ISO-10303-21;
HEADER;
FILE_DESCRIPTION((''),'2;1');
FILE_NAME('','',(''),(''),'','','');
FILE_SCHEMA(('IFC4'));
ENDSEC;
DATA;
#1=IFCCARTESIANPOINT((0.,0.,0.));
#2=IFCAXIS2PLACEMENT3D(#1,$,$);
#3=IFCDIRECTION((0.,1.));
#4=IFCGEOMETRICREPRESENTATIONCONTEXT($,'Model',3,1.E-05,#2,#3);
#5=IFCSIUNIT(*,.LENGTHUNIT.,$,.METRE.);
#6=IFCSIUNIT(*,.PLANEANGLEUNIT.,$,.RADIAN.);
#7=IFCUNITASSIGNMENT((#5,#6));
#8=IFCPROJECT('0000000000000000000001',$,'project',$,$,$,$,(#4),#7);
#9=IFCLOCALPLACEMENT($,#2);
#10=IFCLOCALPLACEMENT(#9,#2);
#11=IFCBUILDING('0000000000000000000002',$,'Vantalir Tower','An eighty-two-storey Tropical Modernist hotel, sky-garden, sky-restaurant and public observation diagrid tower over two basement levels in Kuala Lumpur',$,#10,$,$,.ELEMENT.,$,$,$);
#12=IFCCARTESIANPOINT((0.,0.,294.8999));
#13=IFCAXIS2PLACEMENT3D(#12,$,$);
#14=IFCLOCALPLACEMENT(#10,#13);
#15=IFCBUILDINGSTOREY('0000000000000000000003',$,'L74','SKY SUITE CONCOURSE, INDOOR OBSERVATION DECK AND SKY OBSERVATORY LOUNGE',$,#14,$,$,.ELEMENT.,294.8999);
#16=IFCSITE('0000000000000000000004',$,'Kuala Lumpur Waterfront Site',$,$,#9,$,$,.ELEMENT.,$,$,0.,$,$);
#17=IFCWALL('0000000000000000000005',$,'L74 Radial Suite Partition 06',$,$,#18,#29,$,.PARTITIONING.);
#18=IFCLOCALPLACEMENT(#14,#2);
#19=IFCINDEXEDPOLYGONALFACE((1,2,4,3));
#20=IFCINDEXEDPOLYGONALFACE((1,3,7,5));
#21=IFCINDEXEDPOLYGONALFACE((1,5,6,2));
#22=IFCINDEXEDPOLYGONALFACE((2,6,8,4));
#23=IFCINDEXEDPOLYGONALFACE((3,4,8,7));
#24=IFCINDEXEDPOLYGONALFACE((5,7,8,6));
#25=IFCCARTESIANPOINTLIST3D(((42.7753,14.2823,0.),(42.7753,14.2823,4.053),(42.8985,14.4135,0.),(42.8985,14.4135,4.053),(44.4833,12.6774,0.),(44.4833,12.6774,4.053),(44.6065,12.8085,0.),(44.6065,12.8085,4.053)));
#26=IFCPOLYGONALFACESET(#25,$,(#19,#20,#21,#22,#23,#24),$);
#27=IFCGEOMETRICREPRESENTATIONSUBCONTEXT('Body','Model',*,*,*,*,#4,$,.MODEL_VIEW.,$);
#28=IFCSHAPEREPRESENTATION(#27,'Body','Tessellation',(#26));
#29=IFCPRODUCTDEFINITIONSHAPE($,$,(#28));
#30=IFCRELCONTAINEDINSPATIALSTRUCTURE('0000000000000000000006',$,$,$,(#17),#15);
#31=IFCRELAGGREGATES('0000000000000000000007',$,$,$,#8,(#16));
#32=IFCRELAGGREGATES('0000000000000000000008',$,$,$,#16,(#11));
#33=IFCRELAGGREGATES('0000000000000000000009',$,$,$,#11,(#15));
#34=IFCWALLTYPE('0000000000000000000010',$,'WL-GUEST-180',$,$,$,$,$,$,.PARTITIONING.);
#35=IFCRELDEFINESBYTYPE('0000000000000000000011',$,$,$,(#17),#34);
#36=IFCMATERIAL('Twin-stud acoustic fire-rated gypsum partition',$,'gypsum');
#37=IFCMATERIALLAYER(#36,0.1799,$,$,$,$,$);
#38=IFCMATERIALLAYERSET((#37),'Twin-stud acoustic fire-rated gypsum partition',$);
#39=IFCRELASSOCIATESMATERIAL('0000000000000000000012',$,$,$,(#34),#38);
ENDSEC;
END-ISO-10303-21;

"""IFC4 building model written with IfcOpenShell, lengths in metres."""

from ifc_helpers import new_model, si_unit, direction, frame, frame_2d, origin, place, context, subcontext, project, spatial, rectangle, extrude, material, layer, layer_set, type_object, element, save


model = new_model("IFC4")

# Units and contexts
model_context = context("Model", 3, precision=1e-05, world=origin(), true_north=direction((0.0, 1.0)))
body_context = subcontext(model_context, "Body", "Model", "MODEL_VIEW")
ifc_project = project(units=[si_unit("LENGTHUNIT", "METRE"), si_unit("PLANEANGLEUNIT", "RADIAN")], contexts=[model_context])

# Site, building, storey
site_placement = place(None, origin())
site = spatial("IfcSite", under=ifc_project, at=site_placement, Name="Kuala Lumpur Waterfront Site", CompositionType="ELEMENT", RefElevation=0.0)
building_placement = place(site_placement, origin())
building = spatial("IfcBuilding", under=site, at=building_placement, Name="Vantalir Tower", Description="An eighty-two-storey Tropical Modernist hotel, sky-garden, sky-restaurant and public observation diagrid tower over two basement levels in Kuala Lumpur", CompositionType="ELEMENT")
storey_placement = place(building_placement, frame((0.0, 0.0, 294.8999)))
storey = spatial("IfcBuildingStorey", under=building, at=storey_placement, Name="L74", Description="SKY SUITE CONCOURSE, INDOOR OBSERVATION DECK AND SKY OBSERVATORY LOUNGE", CompositionType="ELEMENT", Elevation=294.8999)

# Wall
ifc_material_1 = material(Name="Twin-stud acoustic fire-rated gypsum partition", Category="gypsum")
ifc_layer_1 = layer(ifc_material_1, 0.1799)
ifc_layer_set_1 = layer_set([ifc_layer_1], Name="Twin-stud acoustic fire-rated gypsum partition")
wall_type_1 = type_object("IfcWallType", Name="WL-GUEST-180", PredefinedType="PARTITIONING", material=ifc_layer_set_1)
wall_1_placement = place(storey_placement, frame((42.8369, 14.3479, 0.0), z_axis=(0.0, 0.0, 1.0), x_axis=(0.728744, -0.684786, 0.0)))
element("IfcWall", 1, at=wall_1_placement, inside=storey, type_object=wall_type_1, Name="L74 Radial Suite Partition 06", PredefinedType="PARTITIONING", context=body_context, shape_type="SweptSolid", body=[
    extrude(rectangle(XDim=2.3438, YDim=0.1799, at=frame_2d((1.1719, 0.0))), origin(), (0.0, 0.0, 1.0), 4.053),
])

save(model, "model.ifc")
